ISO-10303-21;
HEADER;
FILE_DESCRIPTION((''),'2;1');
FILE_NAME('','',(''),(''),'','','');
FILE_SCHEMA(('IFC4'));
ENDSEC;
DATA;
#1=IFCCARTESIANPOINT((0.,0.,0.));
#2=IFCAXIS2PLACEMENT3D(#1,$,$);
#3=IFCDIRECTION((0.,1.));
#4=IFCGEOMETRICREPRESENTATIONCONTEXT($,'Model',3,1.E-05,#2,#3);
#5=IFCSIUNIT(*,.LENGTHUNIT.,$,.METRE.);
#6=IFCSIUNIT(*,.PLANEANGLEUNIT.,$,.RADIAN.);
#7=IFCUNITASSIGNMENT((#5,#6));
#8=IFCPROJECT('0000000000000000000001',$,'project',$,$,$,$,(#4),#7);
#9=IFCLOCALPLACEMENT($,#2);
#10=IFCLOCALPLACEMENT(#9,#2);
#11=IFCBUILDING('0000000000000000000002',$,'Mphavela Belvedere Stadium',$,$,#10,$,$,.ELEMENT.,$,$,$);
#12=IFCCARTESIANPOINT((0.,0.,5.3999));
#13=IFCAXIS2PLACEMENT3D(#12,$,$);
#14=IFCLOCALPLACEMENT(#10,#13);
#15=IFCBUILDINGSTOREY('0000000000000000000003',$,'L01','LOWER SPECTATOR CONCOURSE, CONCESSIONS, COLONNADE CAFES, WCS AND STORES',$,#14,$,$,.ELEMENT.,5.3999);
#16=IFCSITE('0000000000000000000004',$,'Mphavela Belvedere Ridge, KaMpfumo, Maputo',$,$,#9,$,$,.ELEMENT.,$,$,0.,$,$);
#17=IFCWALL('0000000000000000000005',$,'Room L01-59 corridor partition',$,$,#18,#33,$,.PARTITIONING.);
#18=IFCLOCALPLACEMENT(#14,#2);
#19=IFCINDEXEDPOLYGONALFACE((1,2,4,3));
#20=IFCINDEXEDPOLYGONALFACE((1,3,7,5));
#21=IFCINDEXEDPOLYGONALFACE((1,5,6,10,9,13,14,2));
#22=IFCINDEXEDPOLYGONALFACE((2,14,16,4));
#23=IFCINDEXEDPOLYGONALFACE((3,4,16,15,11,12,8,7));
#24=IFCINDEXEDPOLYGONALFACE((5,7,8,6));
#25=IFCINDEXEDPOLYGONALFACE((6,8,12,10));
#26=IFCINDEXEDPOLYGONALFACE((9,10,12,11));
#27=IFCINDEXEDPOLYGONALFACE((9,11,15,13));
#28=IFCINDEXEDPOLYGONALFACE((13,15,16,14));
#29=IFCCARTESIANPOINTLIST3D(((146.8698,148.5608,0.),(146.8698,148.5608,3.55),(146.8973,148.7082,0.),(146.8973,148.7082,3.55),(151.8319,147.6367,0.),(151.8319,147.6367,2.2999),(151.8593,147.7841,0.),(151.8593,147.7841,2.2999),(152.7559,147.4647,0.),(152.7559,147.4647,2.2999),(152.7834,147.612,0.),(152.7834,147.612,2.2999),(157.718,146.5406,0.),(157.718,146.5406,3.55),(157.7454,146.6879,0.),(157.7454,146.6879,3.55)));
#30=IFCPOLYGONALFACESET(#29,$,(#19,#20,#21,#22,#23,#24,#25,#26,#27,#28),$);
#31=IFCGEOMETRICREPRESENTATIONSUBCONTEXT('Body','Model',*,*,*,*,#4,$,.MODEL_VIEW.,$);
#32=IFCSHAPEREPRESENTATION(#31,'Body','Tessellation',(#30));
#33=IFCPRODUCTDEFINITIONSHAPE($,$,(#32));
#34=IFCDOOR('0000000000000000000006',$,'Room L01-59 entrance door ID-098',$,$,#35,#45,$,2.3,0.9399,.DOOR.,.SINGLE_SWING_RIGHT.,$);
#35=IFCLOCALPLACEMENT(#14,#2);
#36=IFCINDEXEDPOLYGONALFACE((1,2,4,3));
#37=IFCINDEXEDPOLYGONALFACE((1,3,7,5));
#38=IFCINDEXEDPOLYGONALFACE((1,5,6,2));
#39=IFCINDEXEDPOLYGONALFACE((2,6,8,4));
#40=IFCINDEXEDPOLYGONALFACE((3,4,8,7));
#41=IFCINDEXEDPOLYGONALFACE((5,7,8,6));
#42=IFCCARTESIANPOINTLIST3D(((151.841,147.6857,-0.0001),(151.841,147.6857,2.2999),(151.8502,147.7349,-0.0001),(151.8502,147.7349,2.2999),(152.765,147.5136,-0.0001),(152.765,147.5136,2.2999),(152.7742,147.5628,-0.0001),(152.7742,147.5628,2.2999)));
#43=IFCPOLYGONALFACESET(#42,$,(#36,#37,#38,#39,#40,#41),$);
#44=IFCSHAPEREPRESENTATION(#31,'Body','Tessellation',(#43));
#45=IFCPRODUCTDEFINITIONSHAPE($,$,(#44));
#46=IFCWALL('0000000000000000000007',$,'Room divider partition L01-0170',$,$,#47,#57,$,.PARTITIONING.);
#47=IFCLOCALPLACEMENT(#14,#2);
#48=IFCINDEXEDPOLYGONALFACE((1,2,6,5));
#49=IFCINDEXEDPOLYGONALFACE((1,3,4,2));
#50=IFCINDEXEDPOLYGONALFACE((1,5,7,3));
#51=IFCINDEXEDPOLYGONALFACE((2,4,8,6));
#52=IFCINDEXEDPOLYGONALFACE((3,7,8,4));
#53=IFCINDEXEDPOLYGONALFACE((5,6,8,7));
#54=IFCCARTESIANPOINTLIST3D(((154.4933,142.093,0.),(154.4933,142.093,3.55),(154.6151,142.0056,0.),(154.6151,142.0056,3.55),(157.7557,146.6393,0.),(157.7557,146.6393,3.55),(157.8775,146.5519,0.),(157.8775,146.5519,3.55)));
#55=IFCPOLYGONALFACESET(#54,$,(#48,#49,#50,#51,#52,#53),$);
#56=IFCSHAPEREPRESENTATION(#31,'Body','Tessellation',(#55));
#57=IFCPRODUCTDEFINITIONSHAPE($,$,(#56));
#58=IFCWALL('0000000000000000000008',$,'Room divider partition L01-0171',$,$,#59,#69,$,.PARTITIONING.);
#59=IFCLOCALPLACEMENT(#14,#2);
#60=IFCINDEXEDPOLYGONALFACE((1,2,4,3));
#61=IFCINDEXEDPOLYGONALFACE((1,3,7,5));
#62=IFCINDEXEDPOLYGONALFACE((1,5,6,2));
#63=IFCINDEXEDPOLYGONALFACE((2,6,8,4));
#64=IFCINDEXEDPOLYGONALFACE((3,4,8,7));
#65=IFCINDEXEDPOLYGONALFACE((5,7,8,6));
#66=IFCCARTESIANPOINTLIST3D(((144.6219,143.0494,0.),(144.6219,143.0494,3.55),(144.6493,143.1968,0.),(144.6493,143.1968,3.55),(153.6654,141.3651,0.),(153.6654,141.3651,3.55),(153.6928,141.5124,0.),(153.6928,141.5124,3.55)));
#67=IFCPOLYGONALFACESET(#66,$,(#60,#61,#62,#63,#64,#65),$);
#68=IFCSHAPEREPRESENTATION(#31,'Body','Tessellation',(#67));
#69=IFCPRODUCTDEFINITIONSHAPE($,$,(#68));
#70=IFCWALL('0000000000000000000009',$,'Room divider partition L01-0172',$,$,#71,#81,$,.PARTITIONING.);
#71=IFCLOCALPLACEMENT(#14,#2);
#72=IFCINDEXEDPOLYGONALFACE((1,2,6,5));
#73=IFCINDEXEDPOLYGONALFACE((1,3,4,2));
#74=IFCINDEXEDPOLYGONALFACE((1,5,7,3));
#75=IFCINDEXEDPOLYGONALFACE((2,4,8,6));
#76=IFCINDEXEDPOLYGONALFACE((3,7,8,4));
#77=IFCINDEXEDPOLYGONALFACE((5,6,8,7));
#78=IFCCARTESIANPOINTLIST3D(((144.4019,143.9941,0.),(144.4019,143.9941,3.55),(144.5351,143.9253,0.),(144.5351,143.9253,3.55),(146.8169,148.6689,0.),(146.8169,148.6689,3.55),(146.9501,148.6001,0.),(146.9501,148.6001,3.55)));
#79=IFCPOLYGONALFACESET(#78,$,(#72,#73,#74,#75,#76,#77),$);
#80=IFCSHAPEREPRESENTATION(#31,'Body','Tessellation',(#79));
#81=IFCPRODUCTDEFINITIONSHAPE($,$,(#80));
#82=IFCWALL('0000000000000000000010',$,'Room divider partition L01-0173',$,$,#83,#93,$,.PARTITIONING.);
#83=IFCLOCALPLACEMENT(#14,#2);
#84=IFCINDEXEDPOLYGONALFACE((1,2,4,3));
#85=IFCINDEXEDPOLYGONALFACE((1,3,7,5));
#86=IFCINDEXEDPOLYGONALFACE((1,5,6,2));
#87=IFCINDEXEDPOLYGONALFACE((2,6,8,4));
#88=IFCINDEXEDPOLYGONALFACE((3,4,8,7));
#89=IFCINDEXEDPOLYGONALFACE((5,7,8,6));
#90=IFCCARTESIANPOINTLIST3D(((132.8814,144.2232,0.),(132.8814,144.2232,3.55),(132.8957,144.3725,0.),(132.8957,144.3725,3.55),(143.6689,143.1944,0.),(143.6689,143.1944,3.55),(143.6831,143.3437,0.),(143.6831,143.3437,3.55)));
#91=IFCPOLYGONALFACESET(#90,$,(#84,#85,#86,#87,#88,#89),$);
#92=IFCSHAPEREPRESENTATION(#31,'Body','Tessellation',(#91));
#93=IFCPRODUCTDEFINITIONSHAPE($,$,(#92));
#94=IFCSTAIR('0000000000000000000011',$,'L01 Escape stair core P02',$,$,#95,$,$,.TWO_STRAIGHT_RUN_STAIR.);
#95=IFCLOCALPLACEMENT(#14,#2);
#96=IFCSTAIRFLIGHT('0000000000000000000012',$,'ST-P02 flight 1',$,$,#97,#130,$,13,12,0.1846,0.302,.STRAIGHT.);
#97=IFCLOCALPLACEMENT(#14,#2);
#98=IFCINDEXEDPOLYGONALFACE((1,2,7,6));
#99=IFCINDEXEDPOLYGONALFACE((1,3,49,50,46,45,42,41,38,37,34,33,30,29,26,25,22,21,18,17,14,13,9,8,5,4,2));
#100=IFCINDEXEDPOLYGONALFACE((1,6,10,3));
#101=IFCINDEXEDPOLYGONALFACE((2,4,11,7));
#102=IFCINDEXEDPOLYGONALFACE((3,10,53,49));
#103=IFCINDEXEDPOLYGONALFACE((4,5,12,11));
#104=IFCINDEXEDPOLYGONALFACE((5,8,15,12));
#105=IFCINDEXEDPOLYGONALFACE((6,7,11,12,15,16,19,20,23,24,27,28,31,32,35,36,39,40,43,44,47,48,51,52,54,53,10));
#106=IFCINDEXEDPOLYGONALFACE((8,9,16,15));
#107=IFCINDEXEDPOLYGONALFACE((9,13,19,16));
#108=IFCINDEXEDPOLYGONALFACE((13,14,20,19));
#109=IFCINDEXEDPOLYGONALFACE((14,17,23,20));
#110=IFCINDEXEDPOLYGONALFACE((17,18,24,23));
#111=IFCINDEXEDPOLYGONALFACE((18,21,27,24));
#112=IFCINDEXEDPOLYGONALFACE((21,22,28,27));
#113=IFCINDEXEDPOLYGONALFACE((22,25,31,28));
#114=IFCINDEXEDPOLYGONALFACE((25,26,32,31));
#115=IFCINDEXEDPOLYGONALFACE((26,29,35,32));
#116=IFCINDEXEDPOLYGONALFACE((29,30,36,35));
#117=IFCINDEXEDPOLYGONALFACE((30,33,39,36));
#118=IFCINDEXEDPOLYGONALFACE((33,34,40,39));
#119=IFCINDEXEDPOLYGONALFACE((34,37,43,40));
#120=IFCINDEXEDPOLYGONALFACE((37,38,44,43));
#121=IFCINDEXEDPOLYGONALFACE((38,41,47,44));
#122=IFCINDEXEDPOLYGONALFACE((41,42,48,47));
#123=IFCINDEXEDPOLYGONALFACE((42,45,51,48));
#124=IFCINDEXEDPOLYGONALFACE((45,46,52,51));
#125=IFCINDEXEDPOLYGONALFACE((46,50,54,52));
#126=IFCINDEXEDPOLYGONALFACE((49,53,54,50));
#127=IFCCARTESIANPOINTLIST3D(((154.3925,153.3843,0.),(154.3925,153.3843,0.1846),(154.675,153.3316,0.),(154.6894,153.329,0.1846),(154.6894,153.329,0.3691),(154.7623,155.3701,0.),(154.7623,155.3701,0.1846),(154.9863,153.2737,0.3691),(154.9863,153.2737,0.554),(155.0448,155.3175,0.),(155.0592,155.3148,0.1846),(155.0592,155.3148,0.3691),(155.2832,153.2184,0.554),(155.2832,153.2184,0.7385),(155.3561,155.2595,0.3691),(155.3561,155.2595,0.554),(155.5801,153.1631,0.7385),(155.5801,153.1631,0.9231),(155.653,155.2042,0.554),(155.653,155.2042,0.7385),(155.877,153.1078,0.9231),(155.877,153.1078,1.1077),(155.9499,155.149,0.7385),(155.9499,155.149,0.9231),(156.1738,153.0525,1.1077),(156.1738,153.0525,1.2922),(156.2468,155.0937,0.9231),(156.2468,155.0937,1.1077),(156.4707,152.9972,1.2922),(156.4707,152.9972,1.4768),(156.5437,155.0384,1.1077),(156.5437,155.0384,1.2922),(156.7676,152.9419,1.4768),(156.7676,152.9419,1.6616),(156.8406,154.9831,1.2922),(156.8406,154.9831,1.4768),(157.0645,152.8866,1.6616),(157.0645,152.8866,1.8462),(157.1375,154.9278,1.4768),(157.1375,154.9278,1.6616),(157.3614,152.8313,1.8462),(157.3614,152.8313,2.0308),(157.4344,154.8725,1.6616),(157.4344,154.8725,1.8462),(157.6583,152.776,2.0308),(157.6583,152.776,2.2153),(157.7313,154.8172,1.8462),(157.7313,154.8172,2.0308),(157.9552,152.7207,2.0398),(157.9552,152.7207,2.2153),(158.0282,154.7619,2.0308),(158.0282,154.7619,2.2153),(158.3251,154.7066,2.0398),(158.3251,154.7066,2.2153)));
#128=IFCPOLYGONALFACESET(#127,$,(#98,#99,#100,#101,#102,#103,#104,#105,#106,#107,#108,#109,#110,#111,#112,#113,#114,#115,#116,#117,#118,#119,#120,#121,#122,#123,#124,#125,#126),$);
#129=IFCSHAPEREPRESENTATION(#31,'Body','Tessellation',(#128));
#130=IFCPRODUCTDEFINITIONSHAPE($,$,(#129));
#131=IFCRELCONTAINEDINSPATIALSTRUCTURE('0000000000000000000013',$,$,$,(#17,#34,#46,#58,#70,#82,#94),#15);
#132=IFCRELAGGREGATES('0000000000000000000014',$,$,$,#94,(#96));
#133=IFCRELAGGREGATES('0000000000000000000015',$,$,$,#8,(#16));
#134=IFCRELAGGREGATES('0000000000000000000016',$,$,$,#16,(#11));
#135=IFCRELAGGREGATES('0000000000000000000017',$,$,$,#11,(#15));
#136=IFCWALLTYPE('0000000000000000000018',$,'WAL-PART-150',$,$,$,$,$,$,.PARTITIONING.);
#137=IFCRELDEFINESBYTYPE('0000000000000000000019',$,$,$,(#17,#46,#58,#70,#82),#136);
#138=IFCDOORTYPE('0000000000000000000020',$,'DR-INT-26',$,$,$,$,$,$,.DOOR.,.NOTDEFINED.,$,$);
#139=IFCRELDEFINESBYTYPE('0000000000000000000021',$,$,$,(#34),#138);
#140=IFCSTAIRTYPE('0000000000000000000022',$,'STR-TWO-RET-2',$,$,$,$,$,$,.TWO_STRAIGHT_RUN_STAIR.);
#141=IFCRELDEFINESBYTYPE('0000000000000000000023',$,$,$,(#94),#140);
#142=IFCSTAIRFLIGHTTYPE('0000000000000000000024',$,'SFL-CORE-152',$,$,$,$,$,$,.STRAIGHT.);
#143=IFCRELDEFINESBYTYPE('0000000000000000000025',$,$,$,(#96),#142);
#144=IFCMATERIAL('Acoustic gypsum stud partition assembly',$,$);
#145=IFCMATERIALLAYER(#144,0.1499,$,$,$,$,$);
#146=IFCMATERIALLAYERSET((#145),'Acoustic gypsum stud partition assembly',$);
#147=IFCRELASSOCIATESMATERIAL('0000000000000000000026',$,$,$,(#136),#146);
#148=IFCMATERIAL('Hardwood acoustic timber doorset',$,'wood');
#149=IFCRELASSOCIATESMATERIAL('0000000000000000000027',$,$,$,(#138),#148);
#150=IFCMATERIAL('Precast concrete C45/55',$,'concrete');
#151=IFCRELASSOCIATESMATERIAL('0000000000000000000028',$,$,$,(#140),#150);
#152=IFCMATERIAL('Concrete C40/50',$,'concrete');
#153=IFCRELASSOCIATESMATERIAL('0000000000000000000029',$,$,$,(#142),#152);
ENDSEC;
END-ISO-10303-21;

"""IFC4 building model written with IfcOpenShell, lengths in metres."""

from ifc_helpers import new_model, si_unit, direction, frame, frame_2d, origin, place, context, subcontext, project, spatial, polyline, rectangle, outline, extrude, material, layer, layer_set, type_object, element, fill, aggregate, save


model = new_model("IFC4")

# Units and contexts
model_context = context("Model", 3, precision=1e-05, world=origin(), true_north=direction((0.0, 1.0)))
body_context = subcontext(model_context, "Body", "Model", "MODEL_VIEW")
ifc_project = project(units=[si_unit("LENGTHUNIT", "METRE"), si_unit("PLANEANGLEUNIT", "RADIAN")], contexts=[model_context])

# Site, building, storey
site_placement = place(None, origin())
site = spatial("IfcSite", under=ifc_project, at=site_placement, Name="Mphavela Belvedere Ridge, KaMpfumo, Maputo", CompositionType="ELEMENT", RefElevation=0.0)
building_placement = place(site_placement, origin())
building = spatial("IfcBuilding", under=site, at=building_placement, Name="Mphavela Belvedere Stadium", CompositionType="ELEMENT")
storey_placement = place(building_placement, frame((0.0, 0.0, 5.3999)))
storey = spatial("IfcBuildingStorey", under=building, at=storey_placement, Name="L01", Description="LOWER SPECTATOR CONCOURSE, CONCESSIONS, COLONNADE CAFES, WCS AND STORES", CompositionType="ELEMENT", Elevation=5.3999)

# Wall, opening, door
ifc_material_1 = material(Name="Acoustic gypsum stud partition assembly")
ifc_layer_1 = layer(ifc_material_1, 0.1499)
ifc_layer_set_1 = layer_set([ifc_layer_1], Name="Acoustic gypsum stud partition assembly")
wall_type_1 = type_object("IfcWallType", Name="WAL-PART-150", PredefinedType="PARTITIONING", material=ifc_layer_set_1)
wall_1_placement = place(storey_placement, frame((146.8835, 148.6345, 0.0), z_axis=(0.0, 0.0, 1.0), x_axis=(0.983097, -0.183083, 0.0)))
wall_1 = element("IfcWall", 1, at=wall_1_placement, inside=storey, type_object=wall_type_1, Name="Room L01-59 corridor partition", PredefinedType="PARTITIONING", context=body_context, shape_type="SweptSolid", body=[
    extrude(rectangle(XDim=11.0347, YDim=0.1499, at=frame_2d((5.5173, 0.0))), origin(), (0.0, 0.0, 1.0), 3.55),
])
opening_1_placement = place(wall_1_placement, frame((5.0474, 0.0, 0.0)))
opening_1 = element("IfcOpeningElement", 2, at=opening_1_placement, cuts=wall_1, PredefinedType="OPENING", context=body_context, shape_type="SweptSolid", body=[
    extrude(rectangle(XDim=0.9399, YDim=2.3, at=frame_2d((0.47, 1.1499))), frame((0.0, 0.085, 0.0), z_axis=(0.0, -1.0, 0.0), x_axis=(1.0, 0.0, 0.0)), (0.0, 0.0, 1.0), 0.1699),
])
ifc_material_2 = material(Name="Hardwood acoustic timber doorset", Category="wood")
door_type_1 = type_object("IfcDoorType", Name="DR-INT-26", OperationType="NOTDEFINED", PredefinedType="DOOR", material=ifc_material_2)
door_1_placement = place(opening_1_placement, origin())
door_1 = element("IfcDoor", 3, at=door_1_placement, inside=storey, type_object=door_type_1, Name="Room L01-59 entrance door ID-098", OperationType="SINGLE_SWING_RIGHT", OverallHeight=2.3, OverallWidth=0.9399, PredefinedType="DOOR", context=body_context, shape_type="SweptSolid", body=[
    extrude(rectangle(XDim=0.9399, YDim=2.3, at=frame_2d((0.47, 1.1499))), frame((0.0, 0.0249, 0.0), z_axis=(0.0, -1.0, 0.0), x_axis=(1.0, 0.0, 0.0)), (0.0, 0.0, 1.0), 0.05),
])
fill(opening_1, door_1)

# Walls
wall_2_placement = place(storey_placement, frame((154.5542, 142.0493, 0.0), z_axis=(0.0, 0.0, 1.0), x_axis=(0.583016, 0.812461, 0.0)))
element("IfcWall", 4, at=wall_2_placement, inside=storey, type_object=wall_type_1, Name="Room divider partition L01-0170", PredefinedType="PARTITIONING", context=body_context, shape_type="SweptSolid", body=[
    extrude(rectangle(XDim=5.5957, YDim=0.1499, at=frame_2d((2.7979, 0.0))), origin(), (0.0, 0.0, 1.0), 3.55),
])
wall_3_placement = place(storey_placement, frame((153.6792, 141.4387, 0.0), z_axis=(0.0, 0.0, 1.0), x_axis=(-0.983094, 0.183099, 0.0)))
element("IfcWall", 5, at=wall_3_placement, inside=storey, type_object=wall_type_1, Name="Room divider partition L01-0171", PredefinedType="PARTITIONING", context=body_context, shape_type="SweptSolid", body=[
    extrude(rectangle(XDim=9.199, YDim=0.1499, at=frame_2d((4.5996, 0.0))), origin(), (0.0, 0.0, 1.0), 3.55),
])
wall_4_placement = place(storey_placement, frame((144.4685, 143.9597, 0.0), z_axis=(0.0, 0.0, 1.0), x_axis=(0.458979, 0.888447, 0.0)))
element("IfcWall", 6, at=wall_4_placement, inside=storey, type_object=wall_type_1, Name="Room divider partition L01-0172", PredefinedType="PARTITIONING", context=body_context, shape_type="SweptSolid", body=[
    extrude(rectangle(XDim=5.2617, YDim=0.1499, at=frame_2d((2.6309, 0.0))), origin(), (0.0, 0.0, 1.0), 3.55),
])
wall_5_placement = place(storey_placement, frame((143.676, 143.269, 0.0), z_axis=(0.0, 0.0, 1.0), x_axis=(-0.995483, 0.094939, 0.0)))
element("IfcWall", 7, at=wall_5_placement, inside=storey, type_object=wall_type_1, Name="Room divider partition L01-0173", PredefinedType="PARTITIONING", context=body_context, shape_type="SweptSolid", body=[
    extrude(rectangle(XDim=10.8364, YDim=0.1499, at=frame_2d((5.4182, 0.0))), origin(), (0.0, 0.0, 1.0), 3.55),
])

# Stair, stair flight
ifc_material_3 = material(Name="Precast concrete C45/55", Category="concrete")
stair_type = type_object("IfcStairType", Name="STR-TWO-RET-2", PredefinedType="TWO_STRAIGHT_RUN_STAIR", material=ifc_material_3)
stair_placement = place(storey_placement, origin())
stair = element("IfcStair", 8, at=stair_placement, inside=storey, type_object=stair_type, Name="L01 Escape stair core P02", PredefinedType="TWO_STRAIGHT_RUN_STAIR")
ifc_material_4 = material(Name="Concrete C40/50", Category="concrete")
stair_flight_type = type_object("IfcStairFlightType", Name="SFL-CORE-152", PredefinedType="STRAIGHT", material=ifc_material_4)
stair_flight_placement = place(storey_placement, frame((154.5774, 154.3772, 0.0), z_axis=(0.0, 0.0, 1.0), x_axis=(0.983096, -0.183094, 0.0)))
stair_flight = element("IfcStairFlight", 9, at=stair_flight_placement, type_object=stair_flight_type, Name="ST-P02 flight 1", NumberOfRisers=13, NumberOfTreads=12, PredefinedType="STRAIGHT", RiserHeight=0.1846, TreadLength=0.302, context=body_context, shape_type="SweptSolid", body=[
    extrude(outline(polyline([(0.0, 0.0), (0.0, 0.1846), (0.302, 0.1846), (0.302, 0.3691), (0.604, 0.3691), (0.604, 0.554), (0.906, 0.554), (0.906, 0.7385), (1.208, 0.7385), (1.208, 0.9231), (1.51, 0.9231), (1.51, 1.1077), (1.812, 1.1077), (1.812, 1.2922), (2.114, 1.2922), (2.114, 1.4768), (2.416, 1.4768), (2.416, 1.6616), (2.718, 1.6616), (2.718, 1.8462), (3.02, 1.8462), (3.02, 2.0308), (3.322, 2.0308), (3.322, 2.2153), (3.624, 2.2153), (3.624, 2.3999), (3.624, 2.0398), (0.2874, 0.0), (0.0, 0.0)])), frame((0.0, 1.01, 0.0), z_axis=(0.0, -1.0, 0.0), x_axis=(1.0, 0.0, 0.0)), (0.0, 0.0, 1.0), 2.02),
])
aggregate(stair, [stair_flight])

save(model, "model.ifc")
